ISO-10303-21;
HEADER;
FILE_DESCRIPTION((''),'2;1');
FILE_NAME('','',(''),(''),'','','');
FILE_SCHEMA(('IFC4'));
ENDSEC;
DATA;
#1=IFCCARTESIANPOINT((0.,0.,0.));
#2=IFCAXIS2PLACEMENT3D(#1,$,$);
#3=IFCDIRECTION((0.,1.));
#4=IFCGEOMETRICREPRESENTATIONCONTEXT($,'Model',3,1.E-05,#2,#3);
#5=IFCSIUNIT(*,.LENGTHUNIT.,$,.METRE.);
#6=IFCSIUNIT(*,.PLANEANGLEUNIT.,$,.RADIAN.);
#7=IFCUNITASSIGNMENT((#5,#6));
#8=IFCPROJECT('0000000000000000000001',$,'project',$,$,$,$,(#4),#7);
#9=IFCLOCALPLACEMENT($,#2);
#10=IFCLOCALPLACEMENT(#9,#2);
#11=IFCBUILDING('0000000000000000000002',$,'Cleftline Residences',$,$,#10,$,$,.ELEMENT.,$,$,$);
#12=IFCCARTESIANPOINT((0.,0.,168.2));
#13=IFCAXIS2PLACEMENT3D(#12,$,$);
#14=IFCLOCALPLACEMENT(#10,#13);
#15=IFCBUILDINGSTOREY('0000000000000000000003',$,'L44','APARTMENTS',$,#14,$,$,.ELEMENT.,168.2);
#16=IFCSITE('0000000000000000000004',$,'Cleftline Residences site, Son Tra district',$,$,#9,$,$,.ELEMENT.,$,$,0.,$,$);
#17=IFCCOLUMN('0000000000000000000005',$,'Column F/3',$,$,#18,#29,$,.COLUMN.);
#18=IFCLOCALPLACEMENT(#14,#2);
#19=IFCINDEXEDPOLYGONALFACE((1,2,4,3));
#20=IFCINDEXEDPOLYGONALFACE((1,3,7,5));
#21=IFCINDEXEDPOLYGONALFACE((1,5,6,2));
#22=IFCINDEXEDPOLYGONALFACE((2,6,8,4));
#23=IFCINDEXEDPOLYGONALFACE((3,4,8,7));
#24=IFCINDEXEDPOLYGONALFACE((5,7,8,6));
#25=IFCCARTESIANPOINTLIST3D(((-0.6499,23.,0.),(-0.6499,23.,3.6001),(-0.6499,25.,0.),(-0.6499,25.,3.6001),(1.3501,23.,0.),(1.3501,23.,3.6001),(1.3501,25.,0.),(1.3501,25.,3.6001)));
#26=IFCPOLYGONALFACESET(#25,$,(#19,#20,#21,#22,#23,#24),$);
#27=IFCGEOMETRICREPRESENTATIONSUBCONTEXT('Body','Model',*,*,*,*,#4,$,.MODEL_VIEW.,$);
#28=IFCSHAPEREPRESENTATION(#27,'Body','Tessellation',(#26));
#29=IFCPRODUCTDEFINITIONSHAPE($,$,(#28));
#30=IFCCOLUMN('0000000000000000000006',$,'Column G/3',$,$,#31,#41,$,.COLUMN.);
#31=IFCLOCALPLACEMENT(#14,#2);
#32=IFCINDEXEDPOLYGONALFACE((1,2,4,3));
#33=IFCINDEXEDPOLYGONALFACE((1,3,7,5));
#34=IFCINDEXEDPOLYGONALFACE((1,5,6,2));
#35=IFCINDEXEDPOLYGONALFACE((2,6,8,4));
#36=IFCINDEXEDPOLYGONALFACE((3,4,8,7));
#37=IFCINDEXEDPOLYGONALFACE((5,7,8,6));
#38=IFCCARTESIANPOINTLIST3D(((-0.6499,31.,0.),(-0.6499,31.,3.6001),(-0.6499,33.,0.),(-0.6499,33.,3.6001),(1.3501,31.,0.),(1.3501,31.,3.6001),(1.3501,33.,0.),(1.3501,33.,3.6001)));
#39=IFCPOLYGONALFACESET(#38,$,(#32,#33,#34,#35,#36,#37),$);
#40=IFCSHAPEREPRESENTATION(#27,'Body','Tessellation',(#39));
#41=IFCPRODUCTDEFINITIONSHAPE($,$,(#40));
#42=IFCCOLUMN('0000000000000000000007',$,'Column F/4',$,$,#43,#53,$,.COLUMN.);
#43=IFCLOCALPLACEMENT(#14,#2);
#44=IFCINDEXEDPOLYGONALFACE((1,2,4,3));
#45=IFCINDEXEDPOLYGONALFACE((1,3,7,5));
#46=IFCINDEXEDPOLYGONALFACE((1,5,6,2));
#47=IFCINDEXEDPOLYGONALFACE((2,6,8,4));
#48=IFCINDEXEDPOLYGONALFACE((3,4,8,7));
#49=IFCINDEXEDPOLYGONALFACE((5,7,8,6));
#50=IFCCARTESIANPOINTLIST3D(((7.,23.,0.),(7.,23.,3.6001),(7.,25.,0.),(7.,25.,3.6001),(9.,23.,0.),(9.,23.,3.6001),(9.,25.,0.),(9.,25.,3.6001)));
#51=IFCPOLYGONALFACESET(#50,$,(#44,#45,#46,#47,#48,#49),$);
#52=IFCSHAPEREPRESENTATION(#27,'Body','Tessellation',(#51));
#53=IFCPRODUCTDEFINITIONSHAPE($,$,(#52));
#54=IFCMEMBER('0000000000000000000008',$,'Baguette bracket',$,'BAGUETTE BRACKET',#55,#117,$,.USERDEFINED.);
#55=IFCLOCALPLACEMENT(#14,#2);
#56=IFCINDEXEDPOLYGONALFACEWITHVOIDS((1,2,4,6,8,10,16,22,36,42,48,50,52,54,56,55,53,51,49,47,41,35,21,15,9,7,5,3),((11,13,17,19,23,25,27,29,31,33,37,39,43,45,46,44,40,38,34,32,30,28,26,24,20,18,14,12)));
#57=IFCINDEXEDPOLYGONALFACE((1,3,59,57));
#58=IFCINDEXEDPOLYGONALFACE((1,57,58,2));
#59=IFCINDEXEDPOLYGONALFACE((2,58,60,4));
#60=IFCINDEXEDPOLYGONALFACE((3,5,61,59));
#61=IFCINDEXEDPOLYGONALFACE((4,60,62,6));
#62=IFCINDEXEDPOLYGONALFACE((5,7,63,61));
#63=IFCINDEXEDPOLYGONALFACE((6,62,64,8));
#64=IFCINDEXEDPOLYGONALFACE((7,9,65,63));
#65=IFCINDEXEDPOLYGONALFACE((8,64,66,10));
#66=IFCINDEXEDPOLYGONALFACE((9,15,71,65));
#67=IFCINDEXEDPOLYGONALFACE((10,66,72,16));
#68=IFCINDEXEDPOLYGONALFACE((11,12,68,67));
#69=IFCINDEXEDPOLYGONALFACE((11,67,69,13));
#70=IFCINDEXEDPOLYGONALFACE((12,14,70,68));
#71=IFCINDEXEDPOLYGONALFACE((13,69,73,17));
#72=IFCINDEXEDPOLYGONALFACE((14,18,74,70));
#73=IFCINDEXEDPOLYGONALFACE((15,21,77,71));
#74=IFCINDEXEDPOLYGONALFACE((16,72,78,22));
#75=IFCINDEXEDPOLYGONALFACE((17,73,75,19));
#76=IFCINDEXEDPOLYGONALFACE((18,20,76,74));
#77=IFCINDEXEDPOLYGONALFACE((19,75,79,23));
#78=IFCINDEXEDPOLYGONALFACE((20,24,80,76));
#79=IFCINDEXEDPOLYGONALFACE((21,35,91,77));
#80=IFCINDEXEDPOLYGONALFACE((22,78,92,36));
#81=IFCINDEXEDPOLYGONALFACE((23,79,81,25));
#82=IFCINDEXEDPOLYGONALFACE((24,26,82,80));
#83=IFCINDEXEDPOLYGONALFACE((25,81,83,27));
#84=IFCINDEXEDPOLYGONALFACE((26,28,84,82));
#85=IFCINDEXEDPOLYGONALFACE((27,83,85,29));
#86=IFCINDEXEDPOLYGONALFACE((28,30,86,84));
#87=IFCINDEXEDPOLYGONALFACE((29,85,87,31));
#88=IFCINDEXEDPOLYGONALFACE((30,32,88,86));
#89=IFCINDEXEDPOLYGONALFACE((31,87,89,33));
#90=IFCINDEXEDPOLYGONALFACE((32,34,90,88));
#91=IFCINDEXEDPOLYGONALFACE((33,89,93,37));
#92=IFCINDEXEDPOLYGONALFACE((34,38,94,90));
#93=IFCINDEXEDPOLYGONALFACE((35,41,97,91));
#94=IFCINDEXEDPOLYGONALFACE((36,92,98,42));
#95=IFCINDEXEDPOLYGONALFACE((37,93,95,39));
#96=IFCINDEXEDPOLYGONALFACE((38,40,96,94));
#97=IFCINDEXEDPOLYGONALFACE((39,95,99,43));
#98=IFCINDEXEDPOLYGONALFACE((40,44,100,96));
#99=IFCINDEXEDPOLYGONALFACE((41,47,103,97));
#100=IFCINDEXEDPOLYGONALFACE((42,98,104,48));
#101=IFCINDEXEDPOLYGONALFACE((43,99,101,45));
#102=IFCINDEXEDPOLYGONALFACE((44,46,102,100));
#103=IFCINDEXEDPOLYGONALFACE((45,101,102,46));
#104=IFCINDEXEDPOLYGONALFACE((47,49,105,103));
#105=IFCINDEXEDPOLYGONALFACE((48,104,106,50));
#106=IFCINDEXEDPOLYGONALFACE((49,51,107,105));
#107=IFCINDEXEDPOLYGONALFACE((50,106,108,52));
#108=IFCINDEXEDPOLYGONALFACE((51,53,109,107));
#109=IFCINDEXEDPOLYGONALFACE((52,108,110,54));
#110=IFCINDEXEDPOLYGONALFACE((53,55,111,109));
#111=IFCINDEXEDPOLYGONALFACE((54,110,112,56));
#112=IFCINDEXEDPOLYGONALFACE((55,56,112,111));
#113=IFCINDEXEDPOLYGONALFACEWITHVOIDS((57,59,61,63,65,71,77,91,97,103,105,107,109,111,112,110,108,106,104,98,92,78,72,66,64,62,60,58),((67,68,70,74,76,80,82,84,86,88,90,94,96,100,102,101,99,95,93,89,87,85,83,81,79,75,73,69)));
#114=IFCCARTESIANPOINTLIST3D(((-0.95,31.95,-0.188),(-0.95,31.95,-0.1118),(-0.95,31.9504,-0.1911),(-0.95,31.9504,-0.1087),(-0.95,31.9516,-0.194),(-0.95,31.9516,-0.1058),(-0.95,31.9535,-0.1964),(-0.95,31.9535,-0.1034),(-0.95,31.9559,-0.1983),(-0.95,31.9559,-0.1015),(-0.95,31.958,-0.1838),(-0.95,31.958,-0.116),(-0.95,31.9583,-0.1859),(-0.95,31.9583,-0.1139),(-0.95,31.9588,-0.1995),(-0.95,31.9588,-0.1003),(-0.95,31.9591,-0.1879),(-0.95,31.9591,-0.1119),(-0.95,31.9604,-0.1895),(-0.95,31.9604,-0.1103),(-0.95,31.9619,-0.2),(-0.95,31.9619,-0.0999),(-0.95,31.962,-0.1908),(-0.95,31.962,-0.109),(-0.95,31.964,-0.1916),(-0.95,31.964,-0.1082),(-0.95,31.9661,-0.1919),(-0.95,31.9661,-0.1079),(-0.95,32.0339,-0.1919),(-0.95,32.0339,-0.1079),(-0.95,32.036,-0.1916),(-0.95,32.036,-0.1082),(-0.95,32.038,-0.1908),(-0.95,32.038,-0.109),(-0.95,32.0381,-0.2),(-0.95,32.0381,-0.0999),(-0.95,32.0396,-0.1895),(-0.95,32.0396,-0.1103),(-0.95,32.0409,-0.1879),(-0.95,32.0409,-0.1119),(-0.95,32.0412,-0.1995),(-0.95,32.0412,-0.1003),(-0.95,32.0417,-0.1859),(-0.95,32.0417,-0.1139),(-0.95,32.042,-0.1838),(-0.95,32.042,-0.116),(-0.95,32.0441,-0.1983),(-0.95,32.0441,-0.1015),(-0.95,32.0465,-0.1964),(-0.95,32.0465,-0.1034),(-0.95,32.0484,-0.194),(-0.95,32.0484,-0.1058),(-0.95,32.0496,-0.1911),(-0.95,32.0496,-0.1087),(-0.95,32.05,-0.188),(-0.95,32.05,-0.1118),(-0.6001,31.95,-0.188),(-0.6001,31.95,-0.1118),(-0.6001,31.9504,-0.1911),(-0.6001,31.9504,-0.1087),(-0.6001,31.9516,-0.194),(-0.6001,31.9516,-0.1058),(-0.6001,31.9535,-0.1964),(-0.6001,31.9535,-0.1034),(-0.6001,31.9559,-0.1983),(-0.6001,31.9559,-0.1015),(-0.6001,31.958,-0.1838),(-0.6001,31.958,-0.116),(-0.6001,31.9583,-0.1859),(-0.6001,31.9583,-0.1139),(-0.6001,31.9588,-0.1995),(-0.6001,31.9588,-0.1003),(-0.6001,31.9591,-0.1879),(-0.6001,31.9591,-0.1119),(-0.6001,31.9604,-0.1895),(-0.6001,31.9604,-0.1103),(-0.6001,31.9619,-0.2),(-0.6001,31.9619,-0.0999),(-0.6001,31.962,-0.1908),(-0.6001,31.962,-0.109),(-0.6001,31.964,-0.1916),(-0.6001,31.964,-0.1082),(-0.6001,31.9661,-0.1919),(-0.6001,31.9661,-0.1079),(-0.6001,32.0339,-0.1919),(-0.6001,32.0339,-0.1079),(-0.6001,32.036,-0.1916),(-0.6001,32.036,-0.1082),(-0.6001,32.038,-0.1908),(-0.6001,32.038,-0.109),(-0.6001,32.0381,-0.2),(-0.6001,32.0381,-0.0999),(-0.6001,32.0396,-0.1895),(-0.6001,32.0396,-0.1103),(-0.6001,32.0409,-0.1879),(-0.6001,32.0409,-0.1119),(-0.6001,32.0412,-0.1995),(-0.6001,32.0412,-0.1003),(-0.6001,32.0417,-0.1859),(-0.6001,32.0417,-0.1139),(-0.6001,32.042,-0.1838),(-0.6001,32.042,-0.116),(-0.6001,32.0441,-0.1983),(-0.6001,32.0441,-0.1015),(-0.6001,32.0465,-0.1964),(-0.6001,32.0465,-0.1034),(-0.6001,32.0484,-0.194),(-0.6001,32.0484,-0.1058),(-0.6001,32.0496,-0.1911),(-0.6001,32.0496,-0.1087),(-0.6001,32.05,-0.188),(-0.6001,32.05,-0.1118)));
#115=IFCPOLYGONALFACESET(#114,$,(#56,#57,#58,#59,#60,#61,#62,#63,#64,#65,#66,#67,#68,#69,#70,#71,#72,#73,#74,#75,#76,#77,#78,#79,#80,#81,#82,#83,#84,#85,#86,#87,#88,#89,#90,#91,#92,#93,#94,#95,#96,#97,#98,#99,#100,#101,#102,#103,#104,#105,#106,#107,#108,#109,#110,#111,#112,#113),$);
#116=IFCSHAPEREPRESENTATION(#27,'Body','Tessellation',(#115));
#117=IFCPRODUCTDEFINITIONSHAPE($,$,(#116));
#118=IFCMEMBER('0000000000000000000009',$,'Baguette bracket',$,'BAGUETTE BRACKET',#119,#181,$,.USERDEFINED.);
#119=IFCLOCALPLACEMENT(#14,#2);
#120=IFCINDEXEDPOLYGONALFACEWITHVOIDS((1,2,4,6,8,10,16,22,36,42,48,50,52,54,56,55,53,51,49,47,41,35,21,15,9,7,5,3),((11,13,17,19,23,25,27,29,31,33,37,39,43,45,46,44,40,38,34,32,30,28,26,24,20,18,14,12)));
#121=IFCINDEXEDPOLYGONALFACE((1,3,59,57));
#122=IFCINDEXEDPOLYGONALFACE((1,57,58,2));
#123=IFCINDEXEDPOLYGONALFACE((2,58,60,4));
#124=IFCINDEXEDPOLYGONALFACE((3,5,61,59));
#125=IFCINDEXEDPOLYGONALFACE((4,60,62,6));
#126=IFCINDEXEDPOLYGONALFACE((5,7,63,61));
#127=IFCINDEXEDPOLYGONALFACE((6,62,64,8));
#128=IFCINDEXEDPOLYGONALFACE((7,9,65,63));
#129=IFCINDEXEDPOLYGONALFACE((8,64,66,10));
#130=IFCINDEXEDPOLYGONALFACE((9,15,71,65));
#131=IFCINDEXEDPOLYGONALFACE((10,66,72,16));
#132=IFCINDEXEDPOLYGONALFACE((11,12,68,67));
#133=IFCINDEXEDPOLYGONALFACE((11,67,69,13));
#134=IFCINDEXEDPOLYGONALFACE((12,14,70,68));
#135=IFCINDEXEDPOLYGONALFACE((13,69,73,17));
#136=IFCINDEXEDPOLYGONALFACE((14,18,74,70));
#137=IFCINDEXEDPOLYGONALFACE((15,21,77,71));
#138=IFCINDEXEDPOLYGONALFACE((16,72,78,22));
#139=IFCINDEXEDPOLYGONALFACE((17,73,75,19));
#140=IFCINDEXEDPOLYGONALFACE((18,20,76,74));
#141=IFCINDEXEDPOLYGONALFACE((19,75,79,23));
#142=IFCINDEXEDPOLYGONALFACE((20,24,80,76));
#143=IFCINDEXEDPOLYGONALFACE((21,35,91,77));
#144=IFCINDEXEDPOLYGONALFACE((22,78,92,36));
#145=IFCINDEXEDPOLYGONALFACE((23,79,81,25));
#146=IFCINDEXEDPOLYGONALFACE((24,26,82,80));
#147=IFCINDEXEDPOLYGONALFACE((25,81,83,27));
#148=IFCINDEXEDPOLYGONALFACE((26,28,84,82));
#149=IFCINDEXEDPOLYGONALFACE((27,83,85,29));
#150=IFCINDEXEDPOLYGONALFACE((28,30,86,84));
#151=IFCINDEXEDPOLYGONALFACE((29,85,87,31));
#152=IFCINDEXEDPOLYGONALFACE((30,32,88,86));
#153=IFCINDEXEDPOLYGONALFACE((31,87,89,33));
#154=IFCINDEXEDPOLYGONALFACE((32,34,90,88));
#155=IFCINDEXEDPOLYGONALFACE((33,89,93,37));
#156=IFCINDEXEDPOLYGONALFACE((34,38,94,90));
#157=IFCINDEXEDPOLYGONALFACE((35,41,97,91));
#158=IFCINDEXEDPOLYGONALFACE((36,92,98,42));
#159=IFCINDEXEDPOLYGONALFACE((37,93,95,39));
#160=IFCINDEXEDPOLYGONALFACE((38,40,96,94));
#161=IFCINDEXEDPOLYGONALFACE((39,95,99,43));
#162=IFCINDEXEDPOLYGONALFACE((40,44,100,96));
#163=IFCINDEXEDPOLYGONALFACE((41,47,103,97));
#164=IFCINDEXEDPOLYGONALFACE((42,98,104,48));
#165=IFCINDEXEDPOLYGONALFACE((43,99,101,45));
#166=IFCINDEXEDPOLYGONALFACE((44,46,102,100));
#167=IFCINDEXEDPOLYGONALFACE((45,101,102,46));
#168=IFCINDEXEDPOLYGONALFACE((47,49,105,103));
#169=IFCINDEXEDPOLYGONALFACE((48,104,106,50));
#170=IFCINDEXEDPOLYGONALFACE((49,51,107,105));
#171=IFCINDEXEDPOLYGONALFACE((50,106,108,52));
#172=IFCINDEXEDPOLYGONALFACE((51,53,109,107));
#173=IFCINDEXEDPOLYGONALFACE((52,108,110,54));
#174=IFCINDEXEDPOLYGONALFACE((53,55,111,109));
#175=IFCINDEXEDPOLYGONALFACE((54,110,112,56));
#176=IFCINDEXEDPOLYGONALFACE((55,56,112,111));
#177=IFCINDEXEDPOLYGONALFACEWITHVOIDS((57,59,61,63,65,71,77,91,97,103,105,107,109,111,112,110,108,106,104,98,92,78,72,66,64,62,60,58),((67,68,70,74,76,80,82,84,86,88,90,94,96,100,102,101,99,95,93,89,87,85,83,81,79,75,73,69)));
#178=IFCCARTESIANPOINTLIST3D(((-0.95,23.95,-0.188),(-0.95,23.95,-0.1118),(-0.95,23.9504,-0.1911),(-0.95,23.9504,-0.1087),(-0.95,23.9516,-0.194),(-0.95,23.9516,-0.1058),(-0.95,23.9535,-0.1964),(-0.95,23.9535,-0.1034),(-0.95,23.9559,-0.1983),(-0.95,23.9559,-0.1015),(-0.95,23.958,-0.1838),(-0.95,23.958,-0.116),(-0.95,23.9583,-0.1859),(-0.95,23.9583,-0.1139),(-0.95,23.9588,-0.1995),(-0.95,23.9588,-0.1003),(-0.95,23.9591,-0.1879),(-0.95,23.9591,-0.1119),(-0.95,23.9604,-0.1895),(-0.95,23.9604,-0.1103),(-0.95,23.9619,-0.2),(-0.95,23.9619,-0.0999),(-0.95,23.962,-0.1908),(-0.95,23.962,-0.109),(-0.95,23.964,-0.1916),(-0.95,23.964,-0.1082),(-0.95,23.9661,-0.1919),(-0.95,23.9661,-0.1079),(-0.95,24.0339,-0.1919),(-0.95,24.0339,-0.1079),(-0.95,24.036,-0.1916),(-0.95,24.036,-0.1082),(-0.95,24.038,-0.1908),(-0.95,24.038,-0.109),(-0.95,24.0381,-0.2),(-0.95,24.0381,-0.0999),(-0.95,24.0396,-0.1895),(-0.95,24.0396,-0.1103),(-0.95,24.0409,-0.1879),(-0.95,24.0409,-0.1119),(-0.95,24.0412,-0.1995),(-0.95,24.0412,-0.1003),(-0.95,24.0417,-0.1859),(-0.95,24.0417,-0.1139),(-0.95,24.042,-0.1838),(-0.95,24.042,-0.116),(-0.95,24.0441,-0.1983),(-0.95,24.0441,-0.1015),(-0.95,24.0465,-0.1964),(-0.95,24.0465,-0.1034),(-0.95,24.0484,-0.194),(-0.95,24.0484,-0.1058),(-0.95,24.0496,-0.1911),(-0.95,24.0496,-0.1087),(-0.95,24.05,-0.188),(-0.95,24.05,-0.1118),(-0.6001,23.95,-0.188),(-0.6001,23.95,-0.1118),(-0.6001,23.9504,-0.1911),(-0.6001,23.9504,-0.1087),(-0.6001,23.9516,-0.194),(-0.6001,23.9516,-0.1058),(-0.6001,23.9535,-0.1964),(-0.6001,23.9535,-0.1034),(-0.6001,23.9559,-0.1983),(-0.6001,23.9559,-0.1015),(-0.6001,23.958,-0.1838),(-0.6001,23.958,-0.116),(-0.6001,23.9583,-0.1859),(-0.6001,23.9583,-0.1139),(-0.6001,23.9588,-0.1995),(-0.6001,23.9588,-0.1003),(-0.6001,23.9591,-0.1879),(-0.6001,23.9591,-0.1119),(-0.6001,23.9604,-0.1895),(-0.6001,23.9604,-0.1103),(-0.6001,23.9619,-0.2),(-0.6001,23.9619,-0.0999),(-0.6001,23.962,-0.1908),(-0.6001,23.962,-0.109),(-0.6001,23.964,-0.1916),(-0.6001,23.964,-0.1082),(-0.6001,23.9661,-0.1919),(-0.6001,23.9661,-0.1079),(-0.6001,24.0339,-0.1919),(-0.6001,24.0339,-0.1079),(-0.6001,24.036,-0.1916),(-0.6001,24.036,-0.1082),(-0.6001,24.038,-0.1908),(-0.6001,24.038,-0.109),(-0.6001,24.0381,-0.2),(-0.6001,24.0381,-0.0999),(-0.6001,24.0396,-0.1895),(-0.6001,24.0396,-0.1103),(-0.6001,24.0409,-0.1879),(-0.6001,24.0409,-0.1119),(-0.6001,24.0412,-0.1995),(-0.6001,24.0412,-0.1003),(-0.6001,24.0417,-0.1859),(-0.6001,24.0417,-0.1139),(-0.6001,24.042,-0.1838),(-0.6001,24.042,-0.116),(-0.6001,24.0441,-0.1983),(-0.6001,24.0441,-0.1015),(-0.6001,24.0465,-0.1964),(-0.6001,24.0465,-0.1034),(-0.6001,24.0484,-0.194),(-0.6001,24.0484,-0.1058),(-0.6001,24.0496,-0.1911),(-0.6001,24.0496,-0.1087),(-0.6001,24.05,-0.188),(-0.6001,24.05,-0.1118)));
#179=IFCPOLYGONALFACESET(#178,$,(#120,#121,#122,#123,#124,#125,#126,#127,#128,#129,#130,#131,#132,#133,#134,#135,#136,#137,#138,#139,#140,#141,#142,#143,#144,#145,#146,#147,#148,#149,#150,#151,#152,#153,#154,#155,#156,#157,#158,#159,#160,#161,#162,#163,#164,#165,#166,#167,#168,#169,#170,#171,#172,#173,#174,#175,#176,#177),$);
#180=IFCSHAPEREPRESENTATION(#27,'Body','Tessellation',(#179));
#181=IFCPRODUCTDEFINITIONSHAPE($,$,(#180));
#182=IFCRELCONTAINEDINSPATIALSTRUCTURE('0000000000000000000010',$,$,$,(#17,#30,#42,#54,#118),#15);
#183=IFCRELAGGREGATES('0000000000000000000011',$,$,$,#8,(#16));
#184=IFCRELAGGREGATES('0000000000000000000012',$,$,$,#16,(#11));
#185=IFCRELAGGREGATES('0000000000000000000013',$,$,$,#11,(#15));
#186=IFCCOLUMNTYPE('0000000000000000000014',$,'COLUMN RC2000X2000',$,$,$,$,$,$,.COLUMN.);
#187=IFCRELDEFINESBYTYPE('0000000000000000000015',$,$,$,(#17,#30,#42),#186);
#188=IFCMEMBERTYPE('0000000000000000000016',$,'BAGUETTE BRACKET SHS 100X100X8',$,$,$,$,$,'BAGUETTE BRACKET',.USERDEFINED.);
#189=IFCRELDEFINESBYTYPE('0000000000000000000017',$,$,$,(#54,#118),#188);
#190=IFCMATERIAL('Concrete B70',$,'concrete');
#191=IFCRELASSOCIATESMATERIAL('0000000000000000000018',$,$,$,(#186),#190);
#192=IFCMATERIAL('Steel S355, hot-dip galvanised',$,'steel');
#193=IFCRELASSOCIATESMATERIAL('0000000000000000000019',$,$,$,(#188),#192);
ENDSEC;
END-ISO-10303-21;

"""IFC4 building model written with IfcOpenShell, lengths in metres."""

from ifc_helpers import new_model, si_unit, direction, frame, origin, origin_2d, place, context, subcontext, project, spatial, rectangle, hollow_rectangle, extrude, material, material_profile, profile_set, type_object, element, save


model = new_model("IFC4")

# Units and contexts
model_context = context("Model", 3, precision=1e-05, world=origin(), true_north=direction((0.0, 1.0)))
body_context = subcontext(model_context, "Body", "Model", "MODEL_VIEW")
ifc_project = project(units=[si_unit("LENGTHUNIT", "METRE"), si_unit("PLANEANGLEUNIT", "RADIAN")], contexts=[model_context])

# Site, building, storey
site_placement = place(None, origin())
site = spatial("IfcSite", under=ifc_project, at=site_placement, Name="Cleftline Residences site, Son Tra district", CompositionType="ELEMENT", RefElevation=0.0)
building_placement = place(site_placement, origin())
building = spatial("IfcBuilding", under=site, at=building_placement, Name="Cleftline Residences", CompositionType="ELEMENT")
storey_placement = place(building_placement, frame((0.0, 0.0, 168.2)))
storey = spatial("IfcBuildingStorey", under=building, at=storey_placement, Name="L44", Description="APARTMENTS", CompositionType="ELEMENT", Elevation=168.2)

# Columns
ifc_material_1 = material(Name="Concrete B70", Category="concrete")
ifc_material_profile_1 = material_profile(ifc_material_1, rectangle(XDim=2.0, YDim=2.0, at=origin_2d()))
ifc_profile_set_1 = profile_set([ifc_material_profile_1], Name="Concrete B70")
column_type = type_object("IfcColumnType", Name="COLUMN RC2000X2000", PredefinedType="COLUMN", material=ifc_profile_set_1)
for number, where, z_axis, x_axis, name in (
    (1, (0.3501, 24.0, 0.0), (0.0, 0.0, 1.0), (1.0, 0.0, 0.0), "Column F/3"),
    (2, (0.3501, 32.0, 0.0), (0.0, 0.0, 1.0), (1.0, 0.0, 0.0), "Column G/3"),
    (3, (8.0, 24.0, 0.0), (0.0, 0.0, 1.0), (1.0, 0.0, 0.0), "Column F/4"),
):
    element("IfcColumn", number, at=place(storey_placement, frame(where, z_axis=z_axis, x_axis=x_axis)), inside=storey, type_object=column_type, Name=name, PredefinedType="COLUMN", context=body_context, shape_type="SweptSolid", body=[
        extrude(rectangle(XDim=2.0, YDim=2.0, at=origin_2d()), origin(), (0.0, 0.0, 1.0), 3.6001),
    ])

# Members
ifc_material_2 = material(Name="Steel S355, hot-dip galvanised", Category="steel")
ifc_material_profile_2 = material_profile(ifc_material_2, hollow_rectangle(XDim=0.1001, YDim=0.1001, WallThickness=0.0081, InnerFilletRadius=0.0081, OuterFilletRadius=0.012, at=origin_2d()))
ifc_profile_set_2 = profile_set([ifc_material_profile_2], Name="Steel S355, hot-dip galvanised")
member_type_1 = type_object("IfcMemberType", Name="BAGUETTE BRACKET SHS 100X100X8", ElementType="BAGUETTE BRACKET", PredefinedType="USERDEFINED", material=ifc_profile_set_2)
for number, where, z_axis, x_axis, name in (
    (4, (-0.6001, 32.0, -0.1499), (-1.0, 0.0, 0.0), (0.0, -1.0, 0.0), "Baguette bracket"),
    (5, (-0.6001, 24.0, -0.1499), (-1.0, 0.0, 0.0), (0.0, -1.0, 0.0), "Baguette bracket"),
):
    element("IfcMember", number, at=place(storey_placement, frame(where, z_axis=z_axis, x_axis=x_axis)), inside=storey, type_object=member_type_1, Name=name, ObjectType="BAGUETTE BRACKET", PredefinedType="USERDEFINED", context=body_context, shape_type="SweptSolid", body=[
        extrude(hollow_rectangle(XDim=0.1001, YDim=0.1001, WallThickness=0.0081, InnerFilletRadius=0.0081, OuterFilletRadius=0.012, at=origin_2d()), origin(), (0.0, 0.0, 1.0), 0.3499),
    ])

save(model, "model.ifc")
